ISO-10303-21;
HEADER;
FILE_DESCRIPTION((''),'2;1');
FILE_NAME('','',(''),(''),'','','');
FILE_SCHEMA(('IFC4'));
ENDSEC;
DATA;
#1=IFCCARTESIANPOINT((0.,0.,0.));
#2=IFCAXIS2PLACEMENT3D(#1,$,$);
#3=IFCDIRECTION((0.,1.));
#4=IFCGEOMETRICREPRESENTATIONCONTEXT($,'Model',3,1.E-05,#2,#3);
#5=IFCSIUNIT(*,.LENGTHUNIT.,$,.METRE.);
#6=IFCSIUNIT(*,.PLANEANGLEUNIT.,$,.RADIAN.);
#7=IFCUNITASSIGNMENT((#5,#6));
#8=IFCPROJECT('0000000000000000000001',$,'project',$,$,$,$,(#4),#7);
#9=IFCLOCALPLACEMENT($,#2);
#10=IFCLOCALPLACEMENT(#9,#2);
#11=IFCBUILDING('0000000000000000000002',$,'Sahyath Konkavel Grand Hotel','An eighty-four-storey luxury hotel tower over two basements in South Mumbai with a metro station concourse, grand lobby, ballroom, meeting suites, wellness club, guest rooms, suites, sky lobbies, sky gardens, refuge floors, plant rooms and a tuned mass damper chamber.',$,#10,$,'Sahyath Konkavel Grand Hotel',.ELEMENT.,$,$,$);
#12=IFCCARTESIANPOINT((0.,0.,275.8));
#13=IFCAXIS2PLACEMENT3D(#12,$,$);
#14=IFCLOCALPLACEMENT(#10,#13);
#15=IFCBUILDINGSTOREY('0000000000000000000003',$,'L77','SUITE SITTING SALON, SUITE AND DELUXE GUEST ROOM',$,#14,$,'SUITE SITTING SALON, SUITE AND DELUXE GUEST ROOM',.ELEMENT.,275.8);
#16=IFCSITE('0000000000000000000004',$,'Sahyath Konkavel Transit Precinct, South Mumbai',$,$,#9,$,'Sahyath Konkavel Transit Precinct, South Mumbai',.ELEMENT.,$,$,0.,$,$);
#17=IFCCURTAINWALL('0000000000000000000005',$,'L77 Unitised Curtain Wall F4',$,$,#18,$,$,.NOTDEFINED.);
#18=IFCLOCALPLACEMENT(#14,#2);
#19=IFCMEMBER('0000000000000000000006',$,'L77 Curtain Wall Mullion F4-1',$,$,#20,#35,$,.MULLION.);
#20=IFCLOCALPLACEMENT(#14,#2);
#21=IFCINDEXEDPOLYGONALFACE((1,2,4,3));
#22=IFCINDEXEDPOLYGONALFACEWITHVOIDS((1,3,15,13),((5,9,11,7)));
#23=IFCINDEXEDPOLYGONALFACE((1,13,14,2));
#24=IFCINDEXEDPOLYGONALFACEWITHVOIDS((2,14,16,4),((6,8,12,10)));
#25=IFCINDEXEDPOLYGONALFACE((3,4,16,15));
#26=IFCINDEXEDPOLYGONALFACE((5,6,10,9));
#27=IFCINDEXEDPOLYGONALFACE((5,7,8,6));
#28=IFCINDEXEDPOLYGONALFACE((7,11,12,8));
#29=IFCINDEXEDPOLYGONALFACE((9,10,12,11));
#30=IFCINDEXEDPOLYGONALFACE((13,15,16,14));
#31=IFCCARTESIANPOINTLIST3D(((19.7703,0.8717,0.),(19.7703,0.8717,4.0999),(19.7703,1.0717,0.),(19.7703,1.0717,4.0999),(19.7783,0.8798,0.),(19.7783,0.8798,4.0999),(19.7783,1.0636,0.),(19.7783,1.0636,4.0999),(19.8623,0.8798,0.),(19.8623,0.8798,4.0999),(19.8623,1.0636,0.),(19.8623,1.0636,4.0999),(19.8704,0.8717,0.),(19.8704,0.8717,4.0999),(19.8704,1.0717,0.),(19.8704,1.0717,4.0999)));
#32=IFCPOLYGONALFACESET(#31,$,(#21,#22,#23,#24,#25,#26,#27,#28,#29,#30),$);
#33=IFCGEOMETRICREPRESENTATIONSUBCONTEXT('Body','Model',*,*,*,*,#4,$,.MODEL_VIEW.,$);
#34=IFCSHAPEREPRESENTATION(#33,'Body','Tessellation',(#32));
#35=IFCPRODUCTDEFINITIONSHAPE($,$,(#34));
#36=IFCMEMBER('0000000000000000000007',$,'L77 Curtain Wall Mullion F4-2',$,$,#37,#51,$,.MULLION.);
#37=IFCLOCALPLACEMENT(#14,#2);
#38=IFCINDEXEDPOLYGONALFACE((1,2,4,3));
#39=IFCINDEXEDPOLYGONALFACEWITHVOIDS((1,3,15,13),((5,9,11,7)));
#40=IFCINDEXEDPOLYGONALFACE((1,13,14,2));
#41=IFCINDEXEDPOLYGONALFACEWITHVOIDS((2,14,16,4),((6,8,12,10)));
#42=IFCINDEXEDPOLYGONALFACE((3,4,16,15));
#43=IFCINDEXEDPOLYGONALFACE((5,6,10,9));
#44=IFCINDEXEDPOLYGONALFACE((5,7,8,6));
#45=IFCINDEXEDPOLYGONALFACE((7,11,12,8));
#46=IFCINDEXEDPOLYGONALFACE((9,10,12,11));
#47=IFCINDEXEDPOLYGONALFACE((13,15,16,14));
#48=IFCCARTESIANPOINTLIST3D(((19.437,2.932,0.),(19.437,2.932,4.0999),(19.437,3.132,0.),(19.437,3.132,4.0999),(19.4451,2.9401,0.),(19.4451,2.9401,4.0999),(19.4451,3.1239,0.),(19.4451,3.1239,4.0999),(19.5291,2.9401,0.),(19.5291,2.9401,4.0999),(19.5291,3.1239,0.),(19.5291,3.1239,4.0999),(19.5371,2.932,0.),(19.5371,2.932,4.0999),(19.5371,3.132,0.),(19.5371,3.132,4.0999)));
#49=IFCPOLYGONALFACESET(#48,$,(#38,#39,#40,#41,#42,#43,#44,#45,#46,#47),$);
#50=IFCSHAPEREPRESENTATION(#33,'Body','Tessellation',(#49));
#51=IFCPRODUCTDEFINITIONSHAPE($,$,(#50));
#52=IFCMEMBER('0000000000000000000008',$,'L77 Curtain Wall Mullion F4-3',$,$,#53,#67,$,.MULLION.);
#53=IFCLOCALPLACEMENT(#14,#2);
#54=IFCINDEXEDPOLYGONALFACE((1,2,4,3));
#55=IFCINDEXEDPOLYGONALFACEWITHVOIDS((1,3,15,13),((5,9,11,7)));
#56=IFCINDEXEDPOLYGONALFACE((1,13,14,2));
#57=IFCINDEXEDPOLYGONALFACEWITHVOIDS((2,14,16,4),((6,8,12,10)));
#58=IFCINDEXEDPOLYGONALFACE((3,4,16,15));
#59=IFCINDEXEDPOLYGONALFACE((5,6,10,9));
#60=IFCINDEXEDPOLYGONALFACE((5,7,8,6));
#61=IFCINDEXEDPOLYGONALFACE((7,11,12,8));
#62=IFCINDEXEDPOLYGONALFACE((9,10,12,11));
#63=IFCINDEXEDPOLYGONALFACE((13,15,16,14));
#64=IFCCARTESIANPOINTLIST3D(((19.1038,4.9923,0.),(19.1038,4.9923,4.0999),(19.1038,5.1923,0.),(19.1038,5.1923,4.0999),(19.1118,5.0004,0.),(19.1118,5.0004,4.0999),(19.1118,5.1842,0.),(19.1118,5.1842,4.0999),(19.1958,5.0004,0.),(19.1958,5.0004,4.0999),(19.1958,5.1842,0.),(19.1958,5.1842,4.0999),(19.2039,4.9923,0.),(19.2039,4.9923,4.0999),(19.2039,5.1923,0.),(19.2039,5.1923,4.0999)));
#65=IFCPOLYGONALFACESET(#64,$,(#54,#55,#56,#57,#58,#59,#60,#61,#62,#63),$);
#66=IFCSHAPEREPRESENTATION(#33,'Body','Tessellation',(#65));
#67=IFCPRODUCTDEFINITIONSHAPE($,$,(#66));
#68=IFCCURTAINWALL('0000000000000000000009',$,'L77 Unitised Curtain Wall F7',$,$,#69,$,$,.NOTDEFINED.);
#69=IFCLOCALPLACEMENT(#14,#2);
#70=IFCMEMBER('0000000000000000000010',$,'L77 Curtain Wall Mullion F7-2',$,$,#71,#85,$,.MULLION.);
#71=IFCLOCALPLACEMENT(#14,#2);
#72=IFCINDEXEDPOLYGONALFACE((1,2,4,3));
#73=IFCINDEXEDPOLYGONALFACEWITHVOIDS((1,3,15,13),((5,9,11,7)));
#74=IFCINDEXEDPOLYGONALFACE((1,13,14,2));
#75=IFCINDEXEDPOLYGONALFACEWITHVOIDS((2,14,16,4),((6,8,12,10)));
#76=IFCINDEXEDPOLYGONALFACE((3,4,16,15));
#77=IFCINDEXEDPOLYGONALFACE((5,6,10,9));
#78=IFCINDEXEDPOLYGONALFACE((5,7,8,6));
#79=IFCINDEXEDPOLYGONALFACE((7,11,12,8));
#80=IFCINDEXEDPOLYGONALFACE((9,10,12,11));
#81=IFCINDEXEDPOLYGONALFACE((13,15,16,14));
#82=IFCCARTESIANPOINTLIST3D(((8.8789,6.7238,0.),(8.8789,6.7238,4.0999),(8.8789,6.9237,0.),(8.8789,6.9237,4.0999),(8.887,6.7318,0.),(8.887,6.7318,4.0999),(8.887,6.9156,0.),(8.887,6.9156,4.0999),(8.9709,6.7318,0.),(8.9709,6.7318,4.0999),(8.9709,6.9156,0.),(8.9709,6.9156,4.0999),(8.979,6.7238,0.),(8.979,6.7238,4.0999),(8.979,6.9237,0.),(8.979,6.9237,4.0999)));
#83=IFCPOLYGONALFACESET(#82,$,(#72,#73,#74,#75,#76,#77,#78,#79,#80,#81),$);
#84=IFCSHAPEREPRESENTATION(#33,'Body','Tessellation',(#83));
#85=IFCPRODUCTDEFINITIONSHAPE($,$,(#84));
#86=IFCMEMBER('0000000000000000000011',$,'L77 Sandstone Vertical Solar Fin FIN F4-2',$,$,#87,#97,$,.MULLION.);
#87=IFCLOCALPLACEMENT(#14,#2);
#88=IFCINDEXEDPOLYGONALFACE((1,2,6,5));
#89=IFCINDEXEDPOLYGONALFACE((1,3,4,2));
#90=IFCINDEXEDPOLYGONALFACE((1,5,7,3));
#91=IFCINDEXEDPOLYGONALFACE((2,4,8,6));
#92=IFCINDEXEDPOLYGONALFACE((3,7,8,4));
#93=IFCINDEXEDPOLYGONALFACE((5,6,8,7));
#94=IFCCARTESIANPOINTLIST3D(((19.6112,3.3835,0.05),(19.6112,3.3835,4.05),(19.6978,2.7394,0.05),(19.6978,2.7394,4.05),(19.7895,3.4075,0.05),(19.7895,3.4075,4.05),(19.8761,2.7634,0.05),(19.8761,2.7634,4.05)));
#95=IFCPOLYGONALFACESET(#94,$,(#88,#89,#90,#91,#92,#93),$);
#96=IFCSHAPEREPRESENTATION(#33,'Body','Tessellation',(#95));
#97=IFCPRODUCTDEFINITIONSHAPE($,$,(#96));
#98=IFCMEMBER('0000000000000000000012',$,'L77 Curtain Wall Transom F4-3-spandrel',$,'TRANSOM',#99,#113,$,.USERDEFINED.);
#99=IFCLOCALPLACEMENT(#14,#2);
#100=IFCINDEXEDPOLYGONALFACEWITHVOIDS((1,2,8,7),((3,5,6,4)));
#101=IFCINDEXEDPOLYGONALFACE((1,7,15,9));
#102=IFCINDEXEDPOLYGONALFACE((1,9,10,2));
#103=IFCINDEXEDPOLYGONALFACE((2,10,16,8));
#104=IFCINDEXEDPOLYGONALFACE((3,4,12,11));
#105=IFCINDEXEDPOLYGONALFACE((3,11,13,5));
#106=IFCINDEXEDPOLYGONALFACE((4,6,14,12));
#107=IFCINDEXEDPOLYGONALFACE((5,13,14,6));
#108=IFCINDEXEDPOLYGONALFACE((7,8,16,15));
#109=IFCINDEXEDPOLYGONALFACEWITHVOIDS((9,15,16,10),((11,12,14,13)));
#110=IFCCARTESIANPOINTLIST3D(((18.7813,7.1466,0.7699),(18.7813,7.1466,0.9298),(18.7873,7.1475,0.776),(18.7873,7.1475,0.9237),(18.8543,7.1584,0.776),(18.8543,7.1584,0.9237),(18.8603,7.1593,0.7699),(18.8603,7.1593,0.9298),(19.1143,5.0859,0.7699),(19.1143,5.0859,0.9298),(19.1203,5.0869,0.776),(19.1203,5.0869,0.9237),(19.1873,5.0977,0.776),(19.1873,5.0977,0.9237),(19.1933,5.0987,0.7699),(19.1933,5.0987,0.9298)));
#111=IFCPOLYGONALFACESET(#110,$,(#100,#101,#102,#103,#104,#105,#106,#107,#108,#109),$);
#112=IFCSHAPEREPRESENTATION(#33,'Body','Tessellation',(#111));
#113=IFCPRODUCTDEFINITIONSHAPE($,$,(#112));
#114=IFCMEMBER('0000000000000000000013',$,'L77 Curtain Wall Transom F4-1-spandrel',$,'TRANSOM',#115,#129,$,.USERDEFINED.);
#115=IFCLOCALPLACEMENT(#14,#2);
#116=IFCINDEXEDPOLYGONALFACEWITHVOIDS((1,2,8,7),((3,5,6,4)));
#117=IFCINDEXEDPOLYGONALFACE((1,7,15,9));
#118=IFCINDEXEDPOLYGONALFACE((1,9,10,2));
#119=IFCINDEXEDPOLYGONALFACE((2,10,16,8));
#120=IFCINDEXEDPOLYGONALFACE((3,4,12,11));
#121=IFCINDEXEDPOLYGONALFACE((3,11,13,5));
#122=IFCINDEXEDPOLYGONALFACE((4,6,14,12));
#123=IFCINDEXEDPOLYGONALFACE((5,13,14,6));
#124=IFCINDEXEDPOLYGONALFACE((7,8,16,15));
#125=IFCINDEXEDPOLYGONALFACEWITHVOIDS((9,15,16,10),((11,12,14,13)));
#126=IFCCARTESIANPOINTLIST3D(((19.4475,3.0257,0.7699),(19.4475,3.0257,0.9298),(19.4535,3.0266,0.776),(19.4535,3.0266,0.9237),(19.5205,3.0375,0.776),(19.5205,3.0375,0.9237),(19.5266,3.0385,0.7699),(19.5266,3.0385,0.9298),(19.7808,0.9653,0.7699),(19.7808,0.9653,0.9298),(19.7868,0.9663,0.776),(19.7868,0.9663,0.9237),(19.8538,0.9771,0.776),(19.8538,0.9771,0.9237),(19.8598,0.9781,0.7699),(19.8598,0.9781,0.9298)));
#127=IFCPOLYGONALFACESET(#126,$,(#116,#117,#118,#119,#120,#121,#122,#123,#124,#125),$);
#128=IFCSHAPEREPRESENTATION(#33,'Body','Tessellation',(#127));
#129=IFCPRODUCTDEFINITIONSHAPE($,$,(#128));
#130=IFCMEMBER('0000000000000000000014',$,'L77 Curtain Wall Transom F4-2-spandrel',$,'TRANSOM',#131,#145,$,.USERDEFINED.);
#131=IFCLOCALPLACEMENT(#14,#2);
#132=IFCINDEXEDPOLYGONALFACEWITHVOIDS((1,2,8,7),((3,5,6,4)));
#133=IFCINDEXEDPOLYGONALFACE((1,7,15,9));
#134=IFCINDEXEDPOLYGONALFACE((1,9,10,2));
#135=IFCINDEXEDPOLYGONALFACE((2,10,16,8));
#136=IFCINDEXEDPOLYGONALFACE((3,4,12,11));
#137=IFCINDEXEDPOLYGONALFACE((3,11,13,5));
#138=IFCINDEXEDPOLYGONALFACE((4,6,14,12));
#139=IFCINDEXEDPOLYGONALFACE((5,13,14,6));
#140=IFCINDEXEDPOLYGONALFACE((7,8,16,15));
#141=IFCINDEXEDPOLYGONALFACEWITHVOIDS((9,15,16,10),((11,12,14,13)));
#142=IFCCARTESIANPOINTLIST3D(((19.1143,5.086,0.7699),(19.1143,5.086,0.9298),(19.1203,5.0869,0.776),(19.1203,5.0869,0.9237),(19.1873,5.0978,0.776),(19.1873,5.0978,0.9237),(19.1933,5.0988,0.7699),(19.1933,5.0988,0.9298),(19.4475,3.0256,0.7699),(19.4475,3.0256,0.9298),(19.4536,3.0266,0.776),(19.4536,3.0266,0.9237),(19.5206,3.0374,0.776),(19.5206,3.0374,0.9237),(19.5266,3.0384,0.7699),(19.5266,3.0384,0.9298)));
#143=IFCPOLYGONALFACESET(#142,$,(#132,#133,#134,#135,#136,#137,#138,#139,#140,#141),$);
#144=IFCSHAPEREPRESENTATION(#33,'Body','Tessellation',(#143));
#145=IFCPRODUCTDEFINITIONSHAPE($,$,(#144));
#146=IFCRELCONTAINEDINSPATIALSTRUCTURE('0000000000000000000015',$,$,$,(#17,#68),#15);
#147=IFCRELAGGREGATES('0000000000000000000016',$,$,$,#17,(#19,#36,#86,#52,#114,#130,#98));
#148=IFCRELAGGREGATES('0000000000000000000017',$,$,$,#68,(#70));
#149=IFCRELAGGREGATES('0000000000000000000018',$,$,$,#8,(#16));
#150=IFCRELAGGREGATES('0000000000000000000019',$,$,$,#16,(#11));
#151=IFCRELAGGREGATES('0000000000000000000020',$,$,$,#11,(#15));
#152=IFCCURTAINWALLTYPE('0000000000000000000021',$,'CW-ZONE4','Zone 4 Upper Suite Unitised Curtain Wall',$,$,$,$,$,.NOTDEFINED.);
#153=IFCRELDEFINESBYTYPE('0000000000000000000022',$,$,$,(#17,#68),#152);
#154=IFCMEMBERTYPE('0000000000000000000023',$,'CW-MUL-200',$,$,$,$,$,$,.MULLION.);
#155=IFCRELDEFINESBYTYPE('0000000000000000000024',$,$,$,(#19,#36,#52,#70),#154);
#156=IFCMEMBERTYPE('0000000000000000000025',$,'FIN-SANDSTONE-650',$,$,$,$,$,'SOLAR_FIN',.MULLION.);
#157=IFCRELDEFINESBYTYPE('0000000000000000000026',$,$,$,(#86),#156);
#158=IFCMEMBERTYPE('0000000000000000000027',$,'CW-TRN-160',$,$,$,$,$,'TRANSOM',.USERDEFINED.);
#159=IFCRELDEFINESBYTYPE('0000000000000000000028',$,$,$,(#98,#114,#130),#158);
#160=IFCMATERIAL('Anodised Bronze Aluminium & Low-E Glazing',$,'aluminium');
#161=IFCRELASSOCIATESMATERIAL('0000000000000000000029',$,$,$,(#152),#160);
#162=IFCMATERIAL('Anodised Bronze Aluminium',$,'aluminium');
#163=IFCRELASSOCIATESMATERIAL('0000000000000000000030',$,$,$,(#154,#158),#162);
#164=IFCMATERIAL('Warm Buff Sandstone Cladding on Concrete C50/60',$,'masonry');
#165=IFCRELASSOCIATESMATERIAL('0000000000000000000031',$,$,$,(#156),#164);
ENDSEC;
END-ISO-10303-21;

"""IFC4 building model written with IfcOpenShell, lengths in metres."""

from ifc_helpers import new_model, si_unit, direction, frame, origin, origin_2d, place, context, subcontext, project, spatial, rectangle, hollow_rectangle, extrude, source, transform, mapped, material, material_profile, profile_set, type_object, element, aggregate, save


model = new_model("IFC4")

# Units and contexts
model_context = context("Model", 3, precision=1e-05, world=origin(), true_north=direction((0.0, 1.0)))
body_context = subcontext(model_context, "Body", "Model", "MODEL_VIEW")
ifc_project = project(units=[si_unit("LENGTHUNIT", "METRE"), si_unit("PLANEANGLEUNIT", "RADIAN")], contexts=[model_context])

# Site, building, storey
site_placement = place(None, origin())
site = spatial("IfcSite", under=ifc_project, at=site_placement, Name="Sahyath Konkavel Transit Precinct, South Mumbai", LongName="Sahyath Konkavel Transit Precinct, South Mumbai", CompositionType="ELEMENT", RefElevation=0.0)
building_placement = place(site_placement, origin())
building = spatial("IfcBuilding", under=site, at=building_placement, Name="Sahyath Konkavel Grand Hotel", Description="An eighty-four-storey luxury hotel tower over two basements in South Mumbai with a metro station concourse, grand lobby, ballroom, meeting suites, wellness club, guest rooms, suites, sky lobbies, sky gardens, refuge floors, plant rooms and a tuned mass damper chamber.", LongName="Sahyath Konkavel Grand Hotel", CompositionType="ELEMENT")
storey_placement = place(building_placement, frame((0.0, 0.0, 275.8)))
storey = spatial("IfcBuildingStorey", under=building, at=storey_placement, Name="L77", Description="SUITE SITTING SALON, SUITE AND DELUXE GUEST ROOM", LongName="SUITE SITTING SALON, SUITE AND DELUXE GUEST ROOM", CompositionType="ELEMENT", Elevation=275.8)

# Curtain wall, members
ifc_material_1 = material(Name="Anodised Bronze Aluminium & Low-E Glazing", Category="aluminium")
curtain_wall_type = type_object("IfcCurtainWallType", Name="CW-ZONE4", Description="Zone 4 Upper Suite Unitised Curtain Wall", PredefinedType="NOTDEFINED", material=ifc_material_1)
curtain_wall_1_placement = place(storey_placement, origin())
curtain_wall_1 = element("IfcCurtainWall", 1, at=curtain_wall_1_placement, inside=storey, type_object=curtain_wall_type, Name="L77 Unitised Curtain Wall F4", PredefinedType="NOTDEFINED")
ifc_material_2 = material(Name="Anodised Bronze Aluminium", Category="aluminium")
ifc_material_profile_1 = material_profile(ifc_material_2, hollow_rectangle(XDim=0.1001, YDim=0.2, WallThickness=0.0081, at=origin_2d()), Name="RHS 200x100x8")
ifc_profile_set_1 = profile_set([ifc_material_profile_1], Name="Anodised Bronze Aluminium")
member_type_1 = type_object("IfcMemberType", Name="CW-MUL-200", PredefinedType="MULLION", material=ifc_profile_set_1)
shared_shape_1 = source(origin(), body_context, "Body", "SweptSolid", [
    extrude(hollow_rectangle(XDim=0.1001, YDim=0.2, WallThickness=0.0081, at=origin_2d()), origin(), (0.0, 0.0, 1.0), 4.0999),
])
member_1_placement = place(storey_placement, frame((19.8203, 0.9717, 0.0), z_axis=(0.0, 0.0, 1.0), x_axis=(1.0, 0.0, 0.0)))
member_1 = element("IfcMember", 2, at=member_1_placement, type_object=member_type_1, Name="L77 Curtain Wall Mullion F4-1", PredefinedType="MULLION", context=body_context, shape_type="MappedRepresentation", body=[
    mapped(shared_shape_1, transform((0.0, 0.0, 0.0), scale=1.0)),
])
member_2_placement = place(storey_placement, frame((19.4871, 3.032, 0.0), z_axis=(0.0, 0.0, 1.0), x_axis=(1.0, 0.0, 0.0)))
member_2 = element("IfcMember", 3, at=member_2_placement, type_object=member_type_1, Name="L77 Curtain Wall Mullion F4-2", PredefinedType="MULLION", context=body_context, shape_type="MappedRepresentation", body=[
    mapped(shared_shape_1, transform((0.0, 0.0, 0.0), scale=1.0)),
])
member_3_placement = place(storey_placement, frame((19.1538, 5.0923, 0.0), z_axis=(0.0, 0.0, 1.0), x_axis=(1.0, 0.0, 0.0)))
member_3 = element("IfcMember", 4, at=member_3_placement, type_object=member_type_1, Name="L77 Curtain Wall Mullion F4-3", PredefinedType="MULLION", context=body_context, shape_type="MappedRepresentation", body=[
    mapped(shared_shape_1, transform((0.0, 0.0, 0.0), scale=1.0)),
])

# Curtain wall, member
curtain_wall_2_placement = place(storey_placement, origin())
curtain_wall_2 = element("IfcCurtainWall", 5, at=curtain_wall_2_placement, inside=storey, type_object=curtain_wall_type, Name="L77 Unitised Curtain Wall F7", PredefinedType="NOTDEFINED")
member_4_placement = place(storey_placement, frame((8.929, 6.8237, 0.0), z_axis=(0.0, 0.0, 1.0), x_axis=(1.0, 0.0, 0.0)))
member_4 = element("IfcMember", 6, at=member_4_placement, type_object=member_type_1, Name="L77 Curtain Wall Mullion F7-2", PredefinedType="MULLION", context=body_context, shape_type="MappedRepresentation", body=[
    mapped(shared_shape_1, transform((0.0, 0.0, 0.0), scale=1.0)),
])

# Members
ifc_material_3 = material(Name="Warm Buff Sandstone Cladding on Concrete C50/60", Category="masonry")
ifc_material_profile_2 = material_profile(ifc_material_3, rectangle(XDim=0.1799, YDim=0.6499, at=origin_2d()), Name="FIN 180x650")
ifc_profile_set_2 = profile_set([ifc_material_profile_2], Name="Warm Buff Sandstone Cladding on Concrete C50/60")
member_type_2 = type_object("IfcMemberType", Name="FIN-SANDSTONE-650", ElementType="SOLAR_FIN", PredefinedType="MULLION", material=ifc_profile_set_2)
shared_shape_2 = source(origin(), body_context, "Body", "SweptSolid", [
    extrude(rectangle(XDim=0.1799, YDim=0.6499, at=origin_2d()), origin(), (0.0, 0.0, 1.0), 4.0),
])
member_5_placement = place(storey_placement, frame((19.7437, 3.0735, 0.05), z_axis=(0.0, 0.0, 1.0), x_axis=(0.991076, 0.133294, 0.0)))
member_5 = element("IfcMember", 7, at=member_5_placement, type_object=member_type_2, Name="L77 Sandstone Vertical Solar Fin FIN F4-2", PredefinedType="MULLION", context=body_context, shape_type="MappedRepresentation", body=[
    mapped(shared_shape_2, transform((0.0, 0.0, 0.0), scale=1.0)),
])
ifc_material_profile_3 = material_profile(ifc_material_2, hollow_rectangle(XDim=0.0801, YDim=0.1599, WallThickness=0.0061, at=origin_2d()), Name="RHS 160x80x6")
ifc_profile_set_3 = profile_set([ifc_material_profile_3], Name="Anodised Bronze Aluminium")
member_type_3 = type_object("IfcMemberType", Name="CW-TRN-160", ElementType="TRANSOM", PredefinedType="USERDEFINED", material=ifc_profile_set_3)
shared_shape_3 = source(origin(), body_context, "Body", "SweptSolid", [
    extrude(hollow_rectangle(XDim=0.0801, YDim=0.1599, WallThickness=0.0061, at=origin_2d()), origin(), (0.0, 0.0, 1.0), 2.0874),
])
member_6_placement = place(storey_placement, frame((19.1538, 5.0923, 0.8499), z_axis=(-0.159541, 0.987191, 0.0), x_axis=(-0.987191, -0.159541, 0.0)))
member_6 = element("IfcMember", 8, at=member_6_placement, type_object=member_type_3, Name="L77 Curtain Wall Transom F4-3-spandrel", ObjectType="TRANSOM", PredefinedType="USERDEFINED", context=body_context, shape_type="MappedRepresentation", body=[
    mapped(shared_shape_3, transform((0.0, 0.0, 0.0), scale=1.0)),
])
shared_shape_4 = source(origin(), body_context, "Body", "SweptSolid", [
    extrude(hollow_rectangle(XDim=0.0801, YDim=0.1599, WallThickness=0.0061, at=origin_2d()), origin(), (0.0, 0.0, 1.0), 2.0872),
])
member_7_placement = place(storey_placement, frame((19.8203, 0.9717, 0.8499), z_axis=(-0.159674, 0.98717, 0.0), x_axis=(-0.98717, -0.159674, 0.0)))
member_7 = element("IfcMember", 9, at=member_7_placement, type_object=member_type_3, Name="L77 Curtain Wall Transom F4-1-spandrel", ObjectType="TRANSOM", PredefinedType="USERDEFINED", context=body_context, shape_type="MappedRepresentation", body=[
    mapped(shared_shape_4, transform((0.0, 0.0, 0.0), scale=1.0)),
])
member_8_placement = place(storey_placement, frame((19.4871, 3.032, 0.8499), z_axis=(-0.159674, 0.98717, 0.0), x_axis=(-0.98717, -0.159674, 0.0)))
member_8 = element("IfcMember", 10, at=member_8_placement, type_object=member_type_3, Name="L77 Curtain Wall Transom F4-2-spandrel", ObjectType="TRANSOM", PredefinedType="USERDEFINED", context=body_context, shape_type="MappedRepresentation", body=[
    mapped(shared_shape_4, transform((0.0, 0.0, 0.0), scale=1.0)),
])

aggregate(curtain_wall_1, [member_1, member_2, member_5, member_3, member_7, member_8, member_6])
aggregate(curtain_wall_2, [member_4])

save(model, "model.ifc")
